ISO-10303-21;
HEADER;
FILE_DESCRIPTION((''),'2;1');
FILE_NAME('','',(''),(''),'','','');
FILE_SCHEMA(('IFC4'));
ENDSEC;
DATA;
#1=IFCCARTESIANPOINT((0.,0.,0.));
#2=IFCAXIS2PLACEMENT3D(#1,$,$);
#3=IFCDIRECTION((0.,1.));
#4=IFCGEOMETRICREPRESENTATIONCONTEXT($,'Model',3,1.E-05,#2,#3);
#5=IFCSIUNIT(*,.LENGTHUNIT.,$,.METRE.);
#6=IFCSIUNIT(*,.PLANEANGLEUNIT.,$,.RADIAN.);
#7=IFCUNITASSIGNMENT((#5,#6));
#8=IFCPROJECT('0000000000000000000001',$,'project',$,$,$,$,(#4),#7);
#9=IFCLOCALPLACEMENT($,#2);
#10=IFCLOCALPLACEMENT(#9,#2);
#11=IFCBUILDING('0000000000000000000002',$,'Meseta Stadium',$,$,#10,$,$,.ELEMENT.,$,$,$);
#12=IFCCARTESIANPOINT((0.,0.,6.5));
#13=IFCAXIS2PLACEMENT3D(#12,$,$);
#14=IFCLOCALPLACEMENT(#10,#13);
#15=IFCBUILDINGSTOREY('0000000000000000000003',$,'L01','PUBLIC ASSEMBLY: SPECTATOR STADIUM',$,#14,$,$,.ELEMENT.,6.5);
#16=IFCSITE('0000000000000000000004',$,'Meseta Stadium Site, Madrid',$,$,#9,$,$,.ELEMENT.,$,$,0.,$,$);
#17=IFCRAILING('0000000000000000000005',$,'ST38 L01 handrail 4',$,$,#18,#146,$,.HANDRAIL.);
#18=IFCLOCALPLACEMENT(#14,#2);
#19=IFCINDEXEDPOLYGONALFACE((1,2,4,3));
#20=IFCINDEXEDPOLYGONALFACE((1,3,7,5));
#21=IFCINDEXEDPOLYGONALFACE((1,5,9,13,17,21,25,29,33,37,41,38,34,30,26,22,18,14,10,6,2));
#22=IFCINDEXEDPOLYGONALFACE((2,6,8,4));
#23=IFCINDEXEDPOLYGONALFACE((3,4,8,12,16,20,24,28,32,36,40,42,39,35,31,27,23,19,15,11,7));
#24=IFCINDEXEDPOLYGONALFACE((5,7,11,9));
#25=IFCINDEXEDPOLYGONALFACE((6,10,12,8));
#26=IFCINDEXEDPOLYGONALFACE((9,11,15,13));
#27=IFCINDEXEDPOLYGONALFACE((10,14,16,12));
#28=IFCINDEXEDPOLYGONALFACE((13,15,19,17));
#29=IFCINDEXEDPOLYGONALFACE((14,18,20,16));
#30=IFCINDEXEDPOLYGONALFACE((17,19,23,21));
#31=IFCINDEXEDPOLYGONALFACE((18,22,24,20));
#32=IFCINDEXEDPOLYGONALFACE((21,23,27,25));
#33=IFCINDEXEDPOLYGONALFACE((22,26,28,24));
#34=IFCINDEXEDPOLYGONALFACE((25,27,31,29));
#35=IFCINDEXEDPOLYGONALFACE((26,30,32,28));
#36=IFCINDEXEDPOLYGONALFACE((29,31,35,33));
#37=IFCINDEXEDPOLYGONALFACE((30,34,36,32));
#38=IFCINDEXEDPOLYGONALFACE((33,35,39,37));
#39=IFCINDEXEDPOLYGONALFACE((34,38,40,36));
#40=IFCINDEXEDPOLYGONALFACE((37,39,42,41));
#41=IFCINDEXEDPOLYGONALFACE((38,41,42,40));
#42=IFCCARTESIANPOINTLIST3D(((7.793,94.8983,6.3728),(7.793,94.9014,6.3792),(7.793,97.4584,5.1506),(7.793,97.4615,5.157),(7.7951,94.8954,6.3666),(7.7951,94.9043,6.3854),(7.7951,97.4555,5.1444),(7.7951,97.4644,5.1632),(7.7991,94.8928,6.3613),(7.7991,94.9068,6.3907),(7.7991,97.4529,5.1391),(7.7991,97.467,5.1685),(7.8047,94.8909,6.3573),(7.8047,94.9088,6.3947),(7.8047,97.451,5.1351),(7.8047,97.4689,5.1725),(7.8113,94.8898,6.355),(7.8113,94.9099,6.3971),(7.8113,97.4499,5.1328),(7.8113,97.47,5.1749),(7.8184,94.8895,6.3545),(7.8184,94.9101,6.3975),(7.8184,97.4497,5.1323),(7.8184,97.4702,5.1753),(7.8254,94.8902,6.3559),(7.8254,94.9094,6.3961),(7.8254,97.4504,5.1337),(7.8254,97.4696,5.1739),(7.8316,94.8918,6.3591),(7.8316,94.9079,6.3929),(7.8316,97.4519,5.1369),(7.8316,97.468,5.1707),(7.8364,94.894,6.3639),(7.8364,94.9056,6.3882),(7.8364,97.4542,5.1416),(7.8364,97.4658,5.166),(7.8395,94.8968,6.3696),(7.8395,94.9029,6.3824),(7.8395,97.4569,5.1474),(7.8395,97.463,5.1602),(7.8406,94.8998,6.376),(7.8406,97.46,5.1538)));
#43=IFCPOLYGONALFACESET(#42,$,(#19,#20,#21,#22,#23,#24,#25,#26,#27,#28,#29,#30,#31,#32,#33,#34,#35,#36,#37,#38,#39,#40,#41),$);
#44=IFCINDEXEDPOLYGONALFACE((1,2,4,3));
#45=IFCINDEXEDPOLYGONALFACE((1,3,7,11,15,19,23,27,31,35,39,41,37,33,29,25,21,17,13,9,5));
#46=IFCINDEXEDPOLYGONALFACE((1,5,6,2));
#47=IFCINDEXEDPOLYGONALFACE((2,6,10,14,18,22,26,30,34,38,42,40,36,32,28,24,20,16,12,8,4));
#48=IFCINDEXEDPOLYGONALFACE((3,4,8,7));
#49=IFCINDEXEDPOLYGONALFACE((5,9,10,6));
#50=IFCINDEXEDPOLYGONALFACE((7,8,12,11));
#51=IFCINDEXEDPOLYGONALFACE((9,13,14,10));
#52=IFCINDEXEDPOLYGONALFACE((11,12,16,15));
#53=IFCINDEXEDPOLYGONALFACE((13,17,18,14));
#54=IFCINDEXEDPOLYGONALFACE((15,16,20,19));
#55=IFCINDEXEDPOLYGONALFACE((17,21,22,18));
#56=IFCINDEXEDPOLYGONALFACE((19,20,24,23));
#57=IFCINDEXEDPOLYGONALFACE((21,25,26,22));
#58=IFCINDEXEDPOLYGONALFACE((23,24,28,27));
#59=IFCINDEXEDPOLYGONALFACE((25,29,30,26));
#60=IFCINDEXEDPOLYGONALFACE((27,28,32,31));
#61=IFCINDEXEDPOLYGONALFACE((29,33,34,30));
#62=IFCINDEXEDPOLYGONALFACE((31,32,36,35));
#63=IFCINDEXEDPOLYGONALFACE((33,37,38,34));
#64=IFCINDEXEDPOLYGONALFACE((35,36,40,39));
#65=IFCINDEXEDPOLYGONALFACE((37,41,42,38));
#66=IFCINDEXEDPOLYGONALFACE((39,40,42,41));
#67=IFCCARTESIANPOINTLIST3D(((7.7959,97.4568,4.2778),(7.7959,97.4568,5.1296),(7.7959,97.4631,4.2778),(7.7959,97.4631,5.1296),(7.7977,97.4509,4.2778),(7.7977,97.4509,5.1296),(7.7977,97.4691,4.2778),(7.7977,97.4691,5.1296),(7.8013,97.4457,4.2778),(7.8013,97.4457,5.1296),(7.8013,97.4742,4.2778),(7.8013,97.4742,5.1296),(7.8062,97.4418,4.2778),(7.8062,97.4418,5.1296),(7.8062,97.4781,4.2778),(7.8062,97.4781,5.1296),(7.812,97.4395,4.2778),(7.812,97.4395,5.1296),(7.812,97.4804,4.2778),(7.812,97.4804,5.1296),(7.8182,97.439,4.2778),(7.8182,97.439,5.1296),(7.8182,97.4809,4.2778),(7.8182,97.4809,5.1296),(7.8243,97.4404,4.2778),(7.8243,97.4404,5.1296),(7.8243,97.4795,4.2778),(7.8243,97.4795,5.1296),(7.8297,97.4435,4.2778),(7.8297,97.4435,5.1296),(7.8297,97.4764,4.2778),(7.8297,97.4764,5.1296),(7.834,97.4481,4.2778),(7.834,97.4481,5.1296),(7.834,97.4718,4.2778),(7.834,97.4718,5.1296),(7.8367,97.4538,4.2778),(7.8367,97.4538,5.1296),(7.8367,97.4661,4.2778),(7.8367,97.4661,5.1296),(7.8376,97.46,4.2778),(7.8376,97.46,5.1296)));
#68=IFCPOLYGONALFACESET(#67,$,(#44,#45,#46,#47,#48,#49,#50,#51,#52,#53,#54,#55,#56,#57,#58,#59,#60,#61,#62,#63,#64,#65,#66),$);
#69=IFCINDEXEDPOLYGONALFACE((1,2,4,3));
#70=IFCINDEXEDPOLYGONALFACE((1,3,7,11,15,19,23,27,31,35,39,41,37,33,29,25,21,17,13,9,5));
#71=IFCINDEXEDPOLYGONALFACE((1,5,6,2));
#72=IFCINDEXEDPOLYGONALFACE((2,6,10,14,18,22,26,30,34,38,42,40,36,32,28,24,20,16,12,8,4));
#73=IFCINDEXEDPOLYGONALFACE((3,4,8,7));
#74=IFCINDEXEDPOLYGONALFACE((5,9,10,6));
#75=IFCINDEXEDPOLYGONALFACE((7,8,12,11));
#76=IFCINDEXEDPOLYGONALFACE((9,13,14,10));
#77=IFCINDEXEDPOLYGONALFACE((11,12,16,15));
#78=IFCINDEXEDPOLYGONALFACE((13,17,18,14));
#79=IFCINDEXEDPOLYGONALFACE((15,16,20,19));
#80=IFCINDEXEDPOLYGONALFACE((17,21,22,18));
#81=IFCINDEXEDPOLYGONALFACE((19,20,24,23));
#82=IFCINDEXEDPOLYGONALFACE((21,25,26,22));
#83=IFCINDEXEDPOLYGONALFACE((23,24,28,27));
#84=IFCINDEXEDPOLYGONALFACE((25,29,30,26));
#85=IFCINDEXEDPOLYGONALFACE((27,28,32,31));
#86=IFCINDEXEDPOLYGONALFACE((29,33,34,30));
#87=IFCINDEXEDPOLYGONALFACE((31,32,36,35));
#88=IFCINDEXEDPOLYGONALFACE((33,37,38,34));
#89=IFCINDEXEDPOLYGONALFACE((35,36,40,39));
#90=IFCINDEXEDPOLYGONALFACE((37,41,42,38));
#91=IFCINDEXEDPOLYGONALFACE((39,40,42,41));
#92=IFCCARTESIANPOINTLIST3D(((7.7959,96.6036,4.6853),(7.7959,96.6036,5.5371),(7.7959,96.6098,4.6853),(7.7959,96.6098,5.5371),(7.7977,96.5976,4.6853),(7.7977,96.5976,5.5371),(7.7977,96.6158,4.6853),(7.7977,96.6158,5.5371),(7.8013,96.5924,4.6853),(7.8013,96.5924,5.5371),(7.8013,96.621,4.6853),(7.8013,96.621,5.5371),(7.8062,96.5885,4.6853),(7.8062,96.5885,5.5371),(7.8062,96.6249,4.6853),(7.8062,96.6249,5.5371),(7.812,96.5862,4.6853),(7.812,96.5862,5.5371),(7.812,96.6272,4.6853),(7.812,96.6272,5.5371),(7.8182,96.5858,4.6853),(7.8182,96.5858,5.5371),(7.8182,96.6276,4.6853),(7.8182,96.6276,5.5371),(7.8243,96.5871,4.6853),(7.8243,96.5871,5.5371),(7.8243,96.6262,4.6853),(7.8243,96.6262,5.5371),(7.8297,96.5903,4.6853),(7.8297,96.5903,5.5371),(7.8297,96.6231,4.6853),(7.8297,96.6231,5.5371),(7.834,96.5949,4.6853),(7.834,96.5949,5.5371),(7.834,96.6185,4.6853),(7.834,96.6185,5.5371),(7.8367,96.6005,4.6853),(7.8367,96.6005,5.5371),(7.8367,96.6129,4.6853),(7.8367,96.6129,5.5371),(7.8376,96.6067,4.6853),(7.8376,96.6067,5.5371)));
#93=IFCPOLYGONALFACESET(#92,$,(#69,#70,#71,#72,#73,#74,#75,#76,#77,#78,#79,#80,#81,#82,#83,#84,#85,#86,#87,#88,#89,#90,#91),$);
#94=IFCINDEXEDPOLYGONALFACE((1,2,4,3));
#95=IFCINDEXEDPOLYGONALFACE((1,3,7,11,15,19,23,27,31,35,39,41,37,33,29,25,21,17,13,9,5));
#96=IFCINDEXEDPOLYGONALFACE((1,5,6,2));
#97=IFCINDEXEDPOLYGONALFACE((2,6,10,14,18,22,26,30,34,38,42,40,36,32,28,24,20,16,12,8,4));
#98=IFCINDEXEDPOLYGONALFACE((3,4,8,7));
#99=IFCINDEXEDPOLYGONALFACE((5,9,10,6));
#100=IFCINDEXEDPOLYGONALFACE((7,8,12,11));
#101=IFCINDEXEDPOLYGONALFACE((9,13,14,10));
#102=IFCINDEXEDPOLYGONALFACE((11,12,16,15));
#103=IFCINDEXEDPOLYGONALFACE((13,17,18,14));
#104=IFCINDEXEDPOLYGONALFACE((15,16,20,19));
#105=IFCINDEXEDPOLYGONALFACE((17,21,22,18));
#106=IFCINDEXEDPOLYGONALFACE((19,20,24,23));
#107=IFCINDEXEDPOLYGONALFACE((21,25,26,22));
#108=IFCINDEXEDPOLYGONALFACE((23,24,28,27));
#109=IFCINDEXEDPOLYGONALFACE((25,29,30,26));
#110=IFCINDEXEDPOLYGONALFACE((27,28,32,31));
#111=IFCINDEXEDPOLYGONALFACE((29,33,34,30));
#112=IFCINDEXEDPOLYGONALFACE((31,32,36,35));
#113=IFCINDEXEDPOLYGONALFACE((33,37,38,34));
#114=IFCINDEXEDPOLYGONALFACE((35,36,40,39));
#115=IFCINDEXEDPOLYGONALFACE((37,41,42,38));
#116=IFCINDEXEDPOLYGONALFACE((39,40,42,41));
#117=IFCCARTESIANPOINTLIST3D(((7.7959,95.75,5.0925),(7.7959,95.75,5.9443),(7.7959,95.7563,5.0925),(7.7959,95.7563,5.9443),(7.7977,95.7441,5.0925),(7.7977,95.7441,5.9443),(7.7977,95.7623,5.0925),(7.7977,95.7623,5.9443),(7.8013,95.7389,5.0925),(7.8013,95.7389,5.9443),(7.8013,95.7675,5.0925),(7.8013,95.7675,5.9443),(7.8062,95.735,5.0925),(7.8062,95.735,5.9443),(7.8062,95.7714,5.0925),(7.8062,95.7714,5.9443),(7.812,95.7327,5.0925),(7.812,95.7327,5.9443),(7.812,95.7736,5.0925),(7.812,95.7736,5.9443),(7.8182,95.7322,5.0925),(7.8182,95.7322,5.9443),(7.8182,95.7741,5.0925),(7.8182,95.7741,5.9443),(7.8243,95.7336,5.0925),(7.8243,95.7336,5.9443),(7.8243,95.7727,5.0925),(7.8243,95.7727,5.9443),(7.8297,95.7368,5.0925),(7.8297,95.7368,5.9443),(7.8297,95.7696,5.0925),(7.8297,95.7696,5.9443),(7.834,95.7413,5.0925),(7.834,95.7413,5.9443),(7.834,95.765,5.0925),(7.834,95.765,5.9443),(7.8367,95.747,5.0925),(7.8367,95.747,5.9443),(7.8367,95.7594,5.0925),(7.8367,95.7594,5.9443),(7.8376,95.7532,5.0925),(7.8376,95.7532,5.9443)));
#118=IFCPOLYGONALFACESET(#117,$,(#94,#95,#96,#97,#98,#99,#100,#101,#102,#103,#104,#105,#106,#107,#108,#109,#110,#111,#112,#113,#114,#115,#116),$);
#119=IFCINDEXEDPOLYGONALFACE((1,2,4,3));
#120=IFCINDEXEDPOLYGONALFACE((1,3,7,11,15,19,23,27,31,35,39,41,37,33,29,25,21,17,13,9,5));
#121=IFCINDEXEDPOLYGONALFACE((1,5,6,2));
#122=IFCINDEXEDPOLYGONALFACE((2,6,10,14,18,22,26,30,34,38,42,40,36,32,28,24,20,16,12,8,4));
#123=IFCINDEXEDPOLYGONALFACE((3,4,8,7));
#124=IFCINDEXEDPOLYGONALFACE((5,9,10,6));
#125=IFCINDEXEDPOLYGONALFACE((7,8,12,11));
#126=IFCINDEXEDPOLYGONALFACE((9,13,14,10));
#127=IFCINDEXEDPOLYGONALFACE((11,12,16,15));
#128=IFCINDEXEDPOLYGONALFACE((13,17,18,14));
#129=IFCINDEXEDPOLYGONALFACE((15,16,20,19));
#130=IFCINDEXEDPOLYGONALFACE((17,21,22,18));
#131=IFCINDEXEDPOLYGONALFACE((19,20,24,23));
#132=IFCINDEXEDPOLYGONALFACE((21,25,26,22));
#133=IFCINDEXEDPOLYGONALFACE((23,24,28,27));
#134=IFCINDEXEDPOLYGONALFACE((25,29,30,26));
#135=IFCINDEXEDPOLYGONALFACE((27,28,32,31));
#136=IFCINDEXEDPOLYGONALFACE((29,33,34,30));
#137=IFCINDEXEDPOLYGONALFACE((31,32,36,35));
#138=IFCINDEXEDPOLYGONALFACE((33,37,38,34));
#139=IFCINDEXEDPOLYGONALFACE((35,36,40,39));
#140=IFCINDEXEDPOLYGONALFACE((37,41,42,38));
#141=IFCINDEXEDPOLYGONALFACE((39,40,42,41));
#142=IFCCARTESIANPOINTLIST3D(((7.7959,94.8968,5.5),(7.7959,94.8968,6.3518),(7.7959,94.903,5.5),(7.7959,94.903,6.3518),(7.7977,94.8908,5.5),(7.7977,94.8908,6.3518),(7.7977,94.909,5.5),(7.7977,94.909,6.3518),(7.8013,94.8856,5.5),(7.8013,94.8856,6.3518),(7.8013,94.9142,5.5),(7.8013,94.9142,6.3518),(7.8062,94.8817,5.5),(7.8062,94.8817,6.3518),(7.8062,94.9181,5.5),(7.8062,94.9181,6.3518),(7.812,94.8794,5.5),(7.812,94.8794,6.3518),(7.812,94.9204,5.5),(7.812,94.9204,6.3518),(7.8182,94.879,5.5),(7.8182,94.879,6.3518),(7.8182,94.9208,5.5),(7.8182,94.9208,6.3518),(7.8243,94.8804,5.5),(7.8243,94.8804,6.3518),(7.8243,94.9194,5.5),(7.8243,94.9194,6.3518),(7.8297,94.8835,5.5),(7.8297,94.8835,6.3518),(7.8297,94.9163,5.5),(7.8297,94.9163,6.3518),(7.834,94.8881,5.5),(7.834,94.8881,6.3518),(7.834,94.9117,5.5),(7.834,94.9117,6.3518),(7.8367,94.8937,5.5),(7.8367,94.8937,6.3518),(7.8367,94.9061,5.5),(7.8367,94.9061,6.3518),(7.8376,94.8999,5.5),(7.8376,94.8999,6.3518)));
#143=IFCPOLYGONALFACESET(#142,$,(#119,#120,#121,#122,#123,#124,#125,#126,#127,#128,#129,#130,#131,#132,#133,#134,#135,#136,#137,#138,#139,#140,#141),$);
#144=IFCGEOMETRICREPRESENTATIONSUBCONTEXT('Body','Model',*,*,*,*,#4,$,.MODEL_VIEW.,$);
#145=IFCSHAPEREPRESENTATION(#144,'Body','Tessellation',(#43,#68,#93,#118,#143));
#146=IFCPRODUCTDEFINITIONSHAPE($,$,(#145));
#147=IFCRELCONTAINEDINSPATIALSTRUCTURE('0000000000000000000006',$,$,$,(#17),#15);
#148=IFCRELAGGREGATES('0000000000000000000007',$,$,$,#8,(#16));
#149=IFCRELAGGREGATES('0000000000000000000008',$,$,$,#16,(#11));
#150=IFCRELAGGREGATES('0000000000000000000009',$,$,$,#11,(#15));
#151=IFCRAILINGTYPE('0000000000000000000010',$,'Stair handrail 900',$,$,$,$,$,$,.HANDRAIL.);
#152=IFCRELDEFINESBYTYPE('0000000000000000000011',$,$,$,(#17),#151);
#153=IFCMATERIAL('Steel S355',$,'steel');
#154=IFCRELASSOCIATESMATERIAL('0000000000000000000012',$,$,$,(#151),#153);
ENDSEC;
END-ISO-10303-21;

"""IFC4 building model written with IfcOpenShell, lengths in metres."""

from ifc_helpers import new_model, si_unit, direction, frame, origin, origin_2d, place, context, subcontext, project, spatial, circle, extrude, material, type_object, element, save


model = new_model("IFC4")

# Units and contexts
model_context = context("Model", 3, precision=1e-05, world=origin(), true_north=direction((0.0, 1.0)))
body_context = subcontext(model_context, "Body", "Model", "MODEL_VIEW")
ifc_project = project(units=[si_unit("LENGTHUNIT", "METRE"), si_unit("PLANEANGLEUNIT", "RADIAN")], contexts=[model_context])

# Site, building, storey
site_placement = place(None, origin())
site = spatial("IfcSite", under=ifc_project, at=site_placement, Name="Meseta Stadium Site, Madrid", CompositionType="ELEMENT", RefElevation=0.0)
building_placement = place(site_placement, origin())
building = spatial("IfcBuilding", under=site, at=building_placement, Name="Meseta Stadium", CompositionType="ELEMENT")
storey_placement = place(building_placement, frame((0.0, 0.0, 6.5)))
storey = spatial("IfcBuildingStorey", under=building, at=storey_placement, Name="L01", Description="PUBLIC ASSEMBLY: SPECTATOR STADIUM", CompositionType="ELEMENT", Elevation=6.5)

# Railing
ifc_material_1 = material(Name="Steel S355", Category="steel")
railing_type_1 = type_object("IfcRailingType", Name="Stair handrail 900", PredefinedType="HANDRAIL", material=ifc_material_1)
railing_1_placement = place(storey_placement, frame((7.8167, 97.46, 4.2778)))
element("IfcRailing", 1, at=railing_1_placement, inside=storey, type_object=railing_type_1, Name="ST38 L01 handrail 4", PredefinedType="HANDRAIL", context=body_context, shape_type="SweptSolid", body=[
    extrude(circle(Radius=0.0239, at=origin_2d()), frame((0.0, 0.0, 0.876), z_axis=(0.0, -0.902437, 0.430822), x_axis=(1.0, 0.0, 0.0)), (0.0, 0.0, 1.0), 2.8369),
    extrude(circle(Radius=0.021, at=origin_2d()), origin(), (0.0, 0.0, 1.0), 0.8518),
    extrude(circle(Radius=0.021, at=origin_2d()), frame((0.0, -0.8533, 0.4075)), (0.0, 0.0, 1.0), 0.8518),
    extrude(circle(Radius=0.021, at=origin_2d()), frame((0.0, -1.7068, 0.8147)), (0.0, 0.0, 1.0), 0.8518),
    extrude(circle(Radius=0.021, at=origin_2d()), frame((0.0, -2.5601, 1.2222)), (0.0, 0.0, 1.0), 0.8518),
])

save(model, "model.ifc")
